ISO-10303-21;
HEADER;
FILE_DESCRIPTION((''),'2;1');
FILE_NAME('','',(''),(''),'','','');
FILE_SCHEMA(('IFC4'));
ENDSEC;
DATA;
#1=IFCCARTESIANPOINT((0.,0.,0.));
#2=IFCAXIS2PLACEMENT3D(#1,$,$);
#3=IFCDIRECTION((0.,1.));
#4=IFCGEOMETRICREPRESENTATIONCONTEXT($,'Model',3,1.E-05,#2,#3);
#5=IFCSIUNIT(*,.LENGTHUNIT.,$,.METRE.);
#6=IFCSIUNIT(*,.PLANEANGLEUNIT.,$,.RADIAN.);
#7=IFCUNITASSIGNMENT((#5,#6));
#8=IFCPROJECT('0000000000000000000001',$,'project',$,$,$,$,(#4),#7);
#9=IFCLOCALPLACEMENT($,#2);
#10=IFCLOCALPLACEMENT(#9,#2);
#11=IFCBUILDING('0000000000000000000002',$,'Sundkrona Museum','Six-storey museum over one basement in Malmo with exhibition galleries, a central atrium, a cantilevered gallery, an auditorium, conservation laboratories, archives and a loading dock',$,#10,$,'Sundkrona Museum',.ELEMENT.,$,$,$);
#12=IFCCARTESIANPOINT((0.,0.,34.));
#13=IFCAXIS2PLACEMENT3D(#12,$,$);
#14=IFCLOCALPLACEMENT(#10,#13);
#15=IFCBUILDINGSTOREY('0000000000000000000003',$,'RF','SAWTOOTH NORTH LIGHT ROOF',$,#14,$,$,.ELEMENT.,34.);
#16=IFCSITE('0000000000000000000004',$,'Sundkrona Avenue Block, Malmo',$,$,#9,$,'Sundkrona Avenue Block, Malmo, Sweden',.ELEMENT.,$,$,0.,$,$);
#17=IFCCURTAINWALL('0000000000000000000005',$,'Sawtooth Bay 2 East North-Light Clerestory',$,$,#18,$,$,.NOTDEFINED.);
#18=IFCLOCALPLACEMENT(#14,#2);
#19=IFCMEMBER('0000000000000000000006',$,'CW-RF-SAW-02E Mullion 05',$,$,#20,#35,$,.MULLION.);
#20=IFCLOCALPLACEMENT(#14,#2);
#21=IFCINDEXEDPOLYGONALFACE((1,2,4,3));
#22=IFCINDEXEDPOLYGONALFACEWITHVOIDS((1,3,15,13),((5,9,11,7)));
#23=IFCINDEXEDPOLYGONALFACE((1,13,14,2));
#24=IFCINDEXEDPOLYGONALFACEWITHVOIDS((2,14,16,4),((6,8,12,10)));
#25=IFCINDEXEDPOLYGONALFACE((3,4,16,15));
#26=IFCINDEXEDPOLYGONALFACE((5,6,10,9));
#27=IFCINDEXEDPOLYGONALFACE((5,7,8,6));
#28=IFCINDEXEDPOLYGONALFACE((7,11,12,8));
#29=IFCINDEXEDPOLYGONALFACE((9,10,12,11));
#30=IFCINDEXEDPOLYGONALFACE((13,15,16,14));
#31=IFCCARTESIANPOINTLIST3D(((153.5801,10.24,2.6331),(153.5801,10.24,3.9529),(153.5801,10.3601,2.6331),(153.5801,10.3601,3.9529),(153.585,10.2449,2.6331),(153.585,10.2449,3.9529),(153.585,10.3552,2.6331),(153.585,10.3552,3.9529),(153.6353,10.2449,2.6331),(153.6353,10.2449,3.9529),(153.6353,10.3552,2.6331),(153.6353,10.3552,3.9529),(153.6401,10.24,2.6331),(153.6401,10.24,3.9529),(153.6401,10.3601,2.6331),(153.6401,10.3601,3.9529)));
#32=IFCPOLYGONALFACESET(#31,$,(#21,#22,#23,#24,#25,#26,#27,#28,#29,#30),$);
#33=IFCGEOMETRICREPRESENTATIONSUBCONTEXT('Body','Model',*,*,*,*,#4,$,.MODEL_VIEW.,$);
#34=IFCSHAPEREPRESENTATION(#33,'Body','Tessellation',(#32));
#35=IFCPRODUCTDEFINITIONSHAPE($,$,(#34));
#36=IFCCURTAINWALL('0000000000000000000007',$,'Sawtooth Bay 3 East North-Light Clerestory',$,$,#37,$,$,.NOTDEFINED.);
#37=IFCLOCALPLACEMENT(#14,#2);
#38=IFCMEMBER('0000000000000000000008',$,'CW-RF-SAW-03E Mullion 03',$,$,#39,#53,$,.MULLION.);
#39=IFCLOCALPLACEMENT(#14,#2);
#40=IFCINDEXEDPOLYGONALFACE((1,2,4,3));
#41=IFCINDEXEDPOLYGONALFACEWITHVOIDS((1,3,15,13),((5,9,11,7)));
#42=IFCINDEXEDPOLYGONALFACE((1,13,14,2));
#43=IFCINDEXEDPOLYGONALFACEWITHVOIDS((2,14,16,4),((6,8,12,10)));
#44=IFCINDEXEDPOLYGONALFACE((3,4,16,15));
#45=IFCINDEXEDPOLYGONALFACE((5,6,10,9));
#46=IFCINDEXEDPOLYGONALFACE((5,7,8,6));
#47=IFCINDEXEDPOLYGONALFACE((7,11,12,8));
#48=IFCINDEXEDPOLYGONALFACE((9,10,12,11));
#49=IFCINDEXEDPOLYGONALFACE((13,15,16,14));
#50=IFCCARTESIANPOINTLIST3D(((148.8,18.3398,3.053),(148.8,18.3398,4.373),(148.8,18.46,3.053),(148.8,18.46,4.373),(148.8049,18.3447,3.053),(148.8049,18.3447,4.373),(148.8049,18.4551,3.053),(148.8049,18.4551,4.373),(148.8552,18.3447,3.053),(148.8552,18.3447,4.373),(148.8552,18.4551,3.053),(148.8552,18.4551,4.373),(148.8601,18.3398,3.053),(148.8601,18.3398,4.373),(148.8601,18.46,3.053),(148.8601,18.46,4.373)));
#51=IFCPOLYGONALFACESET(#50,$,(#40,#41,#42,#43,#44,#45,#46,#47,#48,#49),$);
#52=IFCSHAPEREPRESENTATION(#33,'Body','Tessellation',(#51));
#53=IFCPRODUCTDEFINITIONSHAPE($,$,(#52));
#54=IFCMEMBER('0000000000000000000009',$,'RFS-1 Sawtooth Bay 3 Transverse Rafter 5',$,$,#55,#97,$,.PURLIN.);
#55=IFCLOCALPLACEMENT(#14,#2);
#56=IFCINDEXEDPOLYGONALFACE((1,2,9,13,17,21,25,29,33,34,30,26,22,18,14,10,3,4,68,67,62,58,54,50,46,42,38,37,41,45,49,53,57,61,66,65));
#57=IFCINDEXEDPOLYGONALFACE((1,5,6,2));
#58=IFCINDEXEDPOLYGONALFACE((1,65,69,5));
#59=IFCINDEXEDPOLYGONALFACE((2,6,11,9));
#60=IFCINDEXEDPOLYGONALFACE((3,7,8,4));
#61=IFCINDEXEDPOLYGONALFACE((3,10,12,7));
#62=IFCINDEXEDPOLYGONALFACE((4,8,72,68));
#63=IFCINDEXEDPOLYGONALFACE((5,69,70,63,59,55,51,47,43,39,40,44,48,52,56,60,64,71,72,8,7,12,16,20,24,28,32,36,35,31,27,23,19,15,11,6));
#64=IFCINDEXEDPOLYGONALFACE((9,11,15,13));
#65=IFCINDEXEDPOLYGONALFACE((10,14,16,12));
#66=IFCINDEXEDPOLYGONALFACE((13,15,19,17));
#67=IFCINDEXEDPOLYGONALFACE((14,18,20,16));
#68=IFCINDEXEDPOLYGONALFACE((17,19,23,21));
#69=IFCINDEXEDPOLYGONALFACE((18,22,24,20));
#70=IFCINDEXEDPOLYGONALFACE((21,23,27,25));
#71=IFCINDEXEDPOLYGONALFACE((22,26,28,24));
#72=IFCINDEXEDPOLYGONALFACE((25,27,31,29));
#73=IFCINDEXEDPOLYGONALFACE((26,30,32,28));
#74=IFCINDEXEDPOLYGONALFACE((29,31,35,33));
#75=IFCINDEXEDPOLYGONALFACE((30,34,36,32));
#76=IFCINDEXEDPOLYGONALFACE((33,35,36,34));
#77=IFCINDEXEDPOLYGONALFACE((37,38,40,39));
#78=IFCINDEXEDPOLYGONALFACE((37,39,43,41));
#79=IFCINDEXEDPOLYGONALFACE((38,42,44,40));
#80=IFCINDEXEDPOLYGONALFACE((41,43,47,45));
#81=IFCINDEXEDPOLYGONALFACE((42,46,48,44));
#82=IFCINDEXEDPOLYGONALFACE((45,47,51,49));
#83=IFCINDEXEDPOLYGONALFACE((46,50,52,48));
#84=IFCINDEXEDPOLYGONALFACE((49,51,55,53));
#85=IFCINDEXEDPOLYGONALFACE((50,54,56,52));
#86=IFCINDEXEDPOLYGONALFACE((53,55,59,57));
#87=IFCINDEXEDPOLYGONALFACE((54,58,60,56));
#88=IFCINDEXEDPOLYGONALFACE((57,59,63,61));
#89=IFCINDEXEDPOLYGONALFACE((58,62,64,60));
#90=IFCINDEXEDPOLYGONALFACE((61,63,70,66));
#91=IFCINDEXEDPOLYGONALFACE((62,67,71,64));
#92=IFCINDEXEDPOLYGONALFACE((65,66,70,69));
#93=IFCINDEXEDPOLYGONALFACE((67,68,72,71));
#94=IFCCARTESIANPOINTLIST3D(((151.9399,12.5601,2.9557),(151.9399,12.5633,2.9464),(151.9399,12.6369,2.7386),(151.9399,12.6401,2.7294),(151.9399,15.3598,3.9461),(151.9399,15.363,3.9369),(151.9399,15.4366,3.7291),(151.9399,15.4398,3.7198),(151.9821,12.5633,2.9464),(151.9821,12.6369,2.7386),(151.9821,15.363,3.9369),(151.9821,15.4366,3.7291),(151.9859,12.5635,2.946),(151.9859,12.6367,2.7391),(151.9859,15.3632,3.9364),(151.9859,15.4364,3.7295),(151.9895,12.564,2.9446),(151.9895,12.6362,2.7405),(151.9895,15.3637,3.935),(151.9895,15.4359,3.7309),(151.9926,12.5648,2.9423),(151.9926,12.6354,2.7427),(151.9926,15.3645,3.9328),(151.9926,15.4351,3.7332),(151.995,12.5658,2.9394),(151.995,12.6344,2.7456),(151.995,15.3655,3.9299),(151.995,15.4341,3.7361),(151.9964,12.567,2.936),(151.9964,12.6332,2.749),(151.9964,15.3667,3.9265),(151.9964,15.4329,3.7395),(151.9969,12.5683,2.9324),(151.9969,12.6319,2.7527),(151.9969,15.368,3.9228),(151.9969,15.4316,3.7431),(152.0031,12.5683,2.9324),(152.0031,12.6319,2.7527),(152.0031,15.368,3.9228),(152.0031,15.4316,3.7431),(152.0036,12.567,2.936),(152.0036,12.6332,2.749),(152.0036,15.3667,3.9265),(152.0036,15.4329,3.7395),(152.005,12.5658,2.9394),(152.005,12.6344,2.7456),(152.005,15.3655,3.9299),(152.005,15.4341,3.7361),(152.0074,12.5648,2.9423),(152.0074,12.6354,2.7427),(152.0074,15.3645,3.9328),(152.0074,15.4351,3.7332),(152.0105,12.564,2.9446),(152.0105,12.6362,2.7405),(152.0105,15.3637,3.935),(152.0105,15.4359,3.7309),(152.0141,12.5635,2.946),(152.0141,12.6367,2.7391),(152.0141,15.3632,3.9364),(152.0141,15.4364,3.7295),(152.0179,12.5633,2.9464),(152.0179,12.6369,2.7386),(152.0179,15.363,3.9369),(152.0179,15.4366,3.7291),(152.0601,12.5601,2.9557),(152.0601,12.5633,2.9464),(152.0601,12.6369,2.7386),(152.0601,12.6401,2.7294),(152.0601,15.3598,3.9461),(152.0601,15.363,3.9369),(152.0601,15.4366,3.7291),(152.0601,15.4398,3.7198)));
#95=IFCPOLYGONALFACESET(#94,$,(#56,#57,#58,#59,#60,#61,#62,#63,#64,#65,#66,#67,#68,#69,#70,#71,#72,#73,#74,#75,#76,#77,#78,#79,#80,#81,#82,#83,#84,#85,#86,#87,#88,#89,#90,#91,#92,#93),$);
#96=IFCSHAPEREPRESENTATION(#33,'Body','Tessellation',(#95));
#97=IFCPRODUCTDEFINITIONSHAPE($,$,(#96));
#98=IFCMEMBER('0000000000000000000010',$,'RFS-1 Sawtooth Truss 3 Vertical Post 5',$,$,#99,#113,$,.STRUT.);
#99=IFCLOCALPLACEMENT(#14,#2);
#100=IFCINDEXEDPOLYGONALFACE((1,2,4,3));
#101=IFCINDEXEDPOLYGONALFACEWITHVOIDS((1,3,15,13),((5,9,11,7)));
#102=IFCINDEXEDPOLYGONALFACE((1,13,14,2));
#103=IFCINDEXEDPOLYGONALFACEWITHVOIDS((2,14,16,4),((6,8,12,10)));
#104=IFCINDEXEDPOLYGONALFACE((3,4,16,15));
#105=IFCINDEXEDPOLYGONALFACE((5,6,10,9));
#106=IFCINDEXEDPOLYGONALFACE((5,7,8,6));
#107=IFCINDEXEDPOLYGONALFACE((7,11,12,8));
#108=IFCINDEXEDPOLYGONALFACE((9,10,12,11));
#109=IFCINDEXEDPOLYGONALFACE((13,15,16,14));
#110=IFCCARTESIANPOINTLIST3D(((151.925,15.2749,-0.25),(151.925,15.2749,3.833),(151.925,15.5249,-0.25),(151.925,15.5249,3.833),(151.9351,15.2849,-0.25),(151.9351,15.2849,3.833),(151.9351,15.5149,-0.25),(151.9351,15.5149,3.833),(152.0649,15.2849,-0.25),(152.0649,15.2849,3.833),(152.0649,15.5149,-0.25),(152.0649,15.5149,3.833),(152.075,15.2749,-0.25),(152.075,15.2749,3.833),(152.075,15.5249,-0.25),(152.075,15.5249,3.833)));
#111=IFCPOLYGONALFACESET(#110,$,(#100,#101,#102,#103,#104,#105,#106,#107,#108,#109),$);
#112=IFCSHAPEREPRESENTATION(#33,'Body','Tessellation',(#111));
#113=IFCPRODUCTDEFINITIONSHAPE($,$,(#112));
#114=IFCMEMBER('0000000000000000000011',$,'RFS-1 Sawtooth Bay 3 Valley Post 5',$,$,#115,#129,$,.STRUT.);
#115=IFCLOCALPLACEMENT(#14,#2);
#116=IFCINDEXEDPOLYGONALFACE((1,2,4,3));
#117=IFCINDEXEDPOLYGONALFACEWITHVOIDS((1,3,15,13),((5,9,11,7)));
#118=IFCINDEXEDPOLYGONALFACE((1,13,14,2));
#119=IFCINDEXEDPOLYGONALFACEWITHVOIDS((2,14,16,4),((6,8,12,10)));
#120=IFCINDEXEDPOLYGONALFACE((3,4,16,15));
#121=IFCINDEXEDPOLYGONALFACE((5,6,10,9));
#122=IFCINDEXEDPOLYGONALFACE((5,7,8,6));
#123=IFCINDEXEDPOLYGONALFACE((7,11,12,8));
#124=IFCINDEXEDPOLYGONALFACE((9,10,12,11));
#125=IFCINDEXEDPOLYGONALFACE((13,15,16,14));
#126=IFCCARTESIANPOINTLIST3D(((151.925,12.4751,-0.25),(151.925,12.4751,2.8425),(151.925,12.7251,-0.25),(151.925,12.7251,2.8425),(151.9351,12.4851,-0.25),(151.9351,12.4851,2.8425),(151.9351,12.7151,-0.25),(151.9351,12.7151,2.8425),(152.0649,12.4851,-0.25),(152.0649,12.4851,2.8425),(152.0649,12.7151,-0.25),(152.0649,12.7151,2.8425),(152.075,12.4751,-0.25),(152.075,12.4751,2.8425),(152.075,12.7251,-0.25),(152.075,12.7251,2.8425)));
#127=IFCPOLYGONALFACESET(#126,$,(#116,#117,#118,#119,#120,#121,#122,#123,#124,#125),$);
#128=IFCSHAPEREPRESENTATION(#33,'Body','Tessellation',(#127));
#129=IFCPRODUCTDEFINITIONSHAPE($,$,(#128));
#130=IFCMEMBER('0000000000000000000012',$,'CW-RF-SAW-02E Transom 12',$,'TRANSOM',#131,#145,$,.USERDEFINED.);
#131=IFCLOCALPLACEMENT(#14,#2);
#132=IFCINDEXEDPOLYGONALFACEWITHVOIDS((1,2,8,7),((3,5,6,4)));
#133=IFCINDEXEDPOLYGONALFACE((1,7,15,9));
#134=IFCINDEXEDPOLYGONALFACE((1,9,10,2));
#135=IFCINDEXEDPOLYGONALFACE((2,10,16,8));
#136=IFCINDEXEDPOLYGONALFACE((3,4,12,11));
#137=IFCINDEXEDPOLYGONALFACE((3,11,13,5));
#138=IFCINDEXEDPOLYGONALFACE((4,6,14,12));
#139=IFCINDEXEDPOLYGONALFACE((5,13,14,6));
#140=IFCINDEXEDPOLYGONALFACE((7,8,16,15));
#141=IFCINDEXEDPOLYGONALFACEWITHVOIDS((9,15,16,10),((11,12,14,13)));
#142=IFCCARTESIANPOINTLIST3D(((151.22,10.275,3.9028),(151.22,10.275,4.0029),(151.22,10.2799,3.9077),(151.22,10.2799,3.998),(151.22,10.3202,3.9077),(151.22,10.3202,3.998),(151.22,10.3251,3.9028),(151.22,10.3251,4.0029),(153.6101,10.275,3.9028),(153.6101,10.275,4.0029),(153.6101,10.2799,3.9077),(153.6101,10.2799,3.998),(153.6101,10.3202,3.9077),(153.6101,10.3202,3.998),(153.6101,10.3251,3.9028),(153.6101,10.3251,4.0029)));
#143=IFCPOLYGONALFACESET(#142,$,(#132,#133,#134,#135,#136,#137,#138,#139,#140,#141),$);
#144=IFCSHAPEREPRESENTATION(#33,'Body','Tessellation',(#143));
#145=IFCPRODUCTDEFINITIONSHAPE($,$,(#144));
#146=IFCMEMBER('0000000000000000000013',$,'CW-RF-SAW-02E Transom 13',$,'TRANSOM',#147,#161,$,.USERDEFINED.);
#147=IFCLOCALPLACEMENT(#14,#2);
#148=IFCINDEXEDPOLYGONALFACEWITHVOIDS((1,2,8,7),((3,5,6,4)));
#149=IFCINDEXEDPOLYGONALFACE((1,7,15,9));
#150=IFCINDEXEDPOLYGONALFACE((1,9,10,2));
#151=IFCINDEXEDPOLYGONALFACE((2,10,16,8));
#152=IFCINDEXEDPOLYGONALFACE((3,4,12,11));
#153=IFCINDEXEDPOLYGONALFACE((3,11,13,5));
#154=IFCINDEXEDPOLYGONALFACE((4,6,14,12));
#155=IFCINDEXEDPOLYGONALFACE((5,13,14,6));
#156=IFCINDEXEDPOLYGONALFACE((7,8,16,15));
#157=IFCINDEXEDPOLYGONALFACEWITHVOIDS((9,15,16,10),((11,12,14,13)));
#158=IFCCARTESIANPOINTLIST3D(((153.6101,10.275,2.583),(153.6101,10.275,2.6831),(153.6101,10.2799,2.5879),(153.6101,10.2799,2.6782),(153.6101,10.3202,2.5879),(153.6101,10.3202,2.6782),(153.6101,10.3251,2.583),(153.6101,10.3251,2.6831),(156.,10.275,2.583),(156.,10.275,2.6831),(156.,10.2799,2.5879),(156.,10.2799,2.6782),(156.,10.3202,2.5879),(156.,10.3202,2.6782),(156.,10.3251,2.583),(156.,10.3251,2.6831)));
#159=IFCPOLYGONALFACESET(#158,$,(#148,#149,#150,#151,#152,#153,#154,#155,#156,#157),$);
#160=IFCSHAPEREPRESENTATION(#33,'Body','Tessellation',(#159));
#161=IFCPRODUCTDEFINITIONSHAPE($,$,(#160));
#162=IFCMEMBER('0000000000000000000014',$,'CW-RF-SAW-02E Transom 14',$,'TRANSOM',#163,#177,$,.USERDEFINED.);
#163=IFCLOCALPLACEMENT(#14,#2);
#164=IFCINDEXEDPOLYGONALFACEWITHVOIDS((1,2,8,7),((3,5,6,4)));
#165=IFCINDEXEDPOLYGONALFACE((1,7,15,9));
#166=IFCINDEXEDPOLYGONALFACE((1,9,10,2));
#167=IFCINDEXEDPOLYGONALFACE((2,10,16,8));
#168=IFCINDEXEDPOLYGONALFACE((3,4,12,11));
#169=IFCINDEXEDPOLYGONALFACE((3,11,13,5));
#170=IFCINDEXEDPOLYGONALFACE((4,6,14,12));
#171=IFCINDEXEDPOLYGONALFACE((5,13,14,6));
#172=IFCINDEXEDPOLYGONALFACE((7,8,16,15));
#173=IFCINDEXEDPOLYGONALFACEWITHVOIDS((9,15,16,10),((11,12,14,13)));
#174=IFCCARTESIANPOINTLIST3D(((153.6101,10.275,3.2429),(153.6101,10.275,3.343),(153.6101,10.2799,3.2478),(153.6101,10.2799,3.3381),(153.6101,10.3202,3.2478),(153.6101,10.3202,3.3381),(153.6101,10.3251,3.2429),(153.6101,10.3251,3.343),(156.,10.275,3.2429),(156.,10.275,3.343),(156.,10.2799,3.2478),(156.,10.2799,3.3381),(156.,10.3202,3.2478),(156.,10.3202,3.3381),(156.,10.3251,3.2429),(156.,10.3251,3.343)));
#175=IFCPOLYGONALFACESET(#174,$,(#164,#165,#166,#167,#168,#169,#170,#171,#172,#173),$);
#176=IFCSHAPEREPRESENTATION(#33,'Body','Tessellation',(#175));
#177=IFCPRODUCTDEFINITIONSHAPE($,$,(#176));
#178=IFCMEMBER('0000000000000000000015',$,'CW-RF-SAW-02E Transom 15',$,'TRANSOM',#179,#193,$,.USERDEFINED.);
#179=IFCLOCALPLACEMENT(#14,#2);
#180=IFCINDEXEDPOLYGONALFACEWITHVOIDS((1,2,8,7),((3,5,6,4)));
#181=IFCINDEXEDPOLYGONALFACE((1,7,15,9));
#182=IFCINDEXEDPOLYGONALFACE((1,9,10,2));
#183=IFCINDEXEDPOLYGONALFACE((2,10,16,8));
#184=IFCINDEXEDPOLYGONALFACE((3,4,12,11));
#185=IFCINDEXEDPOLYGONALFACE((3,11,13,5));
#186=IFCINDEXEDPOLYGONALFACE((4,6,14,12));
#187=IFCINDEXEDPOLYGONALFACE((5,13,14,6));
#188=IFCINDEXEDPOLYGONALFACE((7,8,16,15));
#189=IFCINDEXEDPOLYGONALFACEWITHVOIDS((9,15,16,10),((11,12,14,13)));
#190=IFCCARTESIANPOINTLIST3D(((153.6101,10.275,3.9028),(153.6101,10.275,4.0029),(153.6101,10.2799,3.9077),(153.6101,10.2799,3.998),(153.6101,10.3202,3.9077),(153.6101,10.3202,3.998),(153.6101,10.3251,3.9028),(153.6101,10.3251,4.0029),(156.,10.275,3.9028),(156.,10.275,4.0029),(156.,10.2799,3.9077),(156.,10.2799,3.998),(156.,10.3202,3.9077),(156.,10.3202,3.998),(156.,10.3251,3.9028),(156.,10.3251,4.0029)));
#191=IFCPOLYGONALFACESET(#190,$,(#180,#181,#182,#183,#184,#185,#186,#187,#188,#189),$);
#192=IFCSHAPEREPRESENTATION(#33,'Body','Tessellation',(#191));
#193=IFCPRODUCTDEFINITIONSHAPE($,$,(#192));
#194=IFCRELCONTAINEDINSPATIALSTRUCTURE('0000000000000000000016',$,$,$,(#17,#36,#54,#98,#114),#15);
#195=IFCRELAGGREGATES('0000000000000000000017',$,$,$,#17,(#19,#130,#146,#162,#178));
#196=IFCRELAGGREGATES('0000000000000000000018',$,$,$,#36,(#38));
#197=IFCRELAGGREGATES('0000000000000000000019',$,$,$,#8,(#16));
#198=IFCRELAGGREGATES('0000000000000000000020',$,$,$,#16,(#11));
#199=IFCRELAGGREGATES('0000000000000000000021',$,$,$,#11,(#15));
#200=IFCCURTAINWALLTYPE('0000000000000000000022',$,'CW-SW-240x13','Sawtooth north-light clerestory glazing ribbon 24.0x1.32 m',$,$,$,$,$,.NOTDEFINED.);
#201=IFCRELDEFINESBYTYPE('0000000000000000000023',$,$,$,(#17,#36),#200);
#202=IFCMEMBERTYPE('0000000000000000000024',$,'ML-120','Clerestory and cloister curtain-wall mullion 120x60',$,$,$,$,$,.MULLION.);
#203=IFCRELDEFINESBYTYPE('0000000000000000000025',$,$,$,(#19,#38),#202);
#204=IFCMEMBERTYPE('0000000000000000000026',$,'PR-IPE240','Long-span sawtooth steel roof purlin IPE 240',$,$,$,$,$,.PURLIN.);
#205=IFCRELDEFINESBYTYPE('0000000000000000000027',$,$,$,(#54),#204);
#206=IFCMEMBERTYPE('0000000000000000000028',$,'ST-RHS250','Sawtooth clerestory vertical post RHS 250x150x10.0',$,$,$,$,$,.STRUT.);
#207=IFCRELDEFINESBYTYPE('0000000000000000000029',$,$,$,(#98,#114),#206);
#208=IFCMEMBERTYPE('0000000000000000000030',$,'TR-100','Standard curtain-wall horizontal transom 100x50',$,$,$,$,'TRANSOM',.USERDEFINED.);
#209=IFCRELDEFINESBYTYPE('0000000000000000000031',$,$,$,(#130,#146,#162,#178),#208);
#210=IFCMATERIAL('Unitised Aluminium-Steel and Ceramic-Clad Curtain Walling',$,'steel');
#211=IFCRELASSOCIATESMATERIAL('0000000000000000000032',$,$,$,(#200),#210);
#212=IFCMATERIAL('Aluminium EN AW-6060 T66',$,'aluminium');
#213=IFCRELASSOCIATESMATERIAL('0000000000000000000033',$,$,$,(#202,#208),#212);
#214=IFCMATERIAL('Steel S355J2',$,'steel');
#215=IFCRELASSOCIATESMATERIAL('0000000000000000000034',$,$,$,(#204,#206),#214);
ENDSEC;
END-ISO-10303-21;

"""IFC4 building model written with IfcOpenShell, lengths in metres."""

from ifc_helpers import new_model, si_unit, direction, frame, origin, origin_2d, place, context, subcontext, project, spatial, hollow_rectangle, i_section, extrude, material, material_profile, profile_set, type_object, element, aggregate, save


model = new_model("IFC4")

# Units and contexts
model_context = context("Model", 3, precision=1e-05, world=origin(), true_north=direction((0.0, 1.0)))
body_context = subcontext(model_context, "Body", "Model", "MODEL_VIEW")
ifc_project = project(units=[si_unit("LENGTHUNIT", "METRE"), si_unit("PLANEANGLEUNIT", "RADIAN")], contexts=[model_context])

# Site, building, storey
site_placement = place(None, origin())
site = spatial("IfcSite", under=ifc_project, at=site_placement, Name="Sundkrona Avenue Block, Malmo", LongName="Sundkrona Avenue Block, Malmo, Sweden", CompositionType="ELEMENT", RefElevation=0.0)
building_placement = place(site_placement, origin())
building = spatial("IfcBuilding", under=site, at=building_placement, Name="Sundkrona Museum", Description="Six-storey museum over one basement in Malmo with exhibition galleries, a central atrium, a cantilevered gallery, an auditorium, conservation laboratories, archives and a loading dock", LongName="Sundkrona Museum", CompositionType="ELEMENT")
storey_placement = place(building_placement, frame((0.0, 0.0, 34.0)))
storey = spatial("IfcBuildingStorey", under=building, at=storey_placement, Name="RF", Description="SAWTOOTH NORTH LIGHT ROOF", CompositionType="ELEMENT", Elevation=34.0)

# Curtain walls, members
ifc_material_1 = material(Name="Unitised Aluminium-Steel and Ceramic-Clad Curtain Walling", Category="steel")
curtain_wall_type = type_object("IfcCurtainWallType", Name="CW-SW-240x13", Description="Sawtooth north-light clerestory glazing ribbon 24.0x1.32 m", PredefinedType="NOTDEFINED", material=ifc_material_1)
curtain_wall_1_placement = place(storey_placement, origin())
curtain_wall_1 = element("IfcCurtainWall", 1, at=curtain_wall_1_placement, inside=storey, type_object=curtain_wall_type, Name="Sawtooth Bay 2 East North-Light Clerestory", PredefinedType="NOTDEFINED")
ifc_material_2 = material(Name="Aluminium EN AW-6060 T66", Category="aluminium")
ifc_material_profile_1 = material_profile(ifc_material_2, hollow_rectangle(XDim=0.0601, YDim=0.1201, WallThickness=0.0049, at=origin_2d()), Name="RHS 120x60x5.0")
ifc_profile_set_1 = profile_set([ifc_material_profile_1], Name="Aluminium EN AW-6060 T66")
member_type_1 = type_object("IfcMemberType", Name="ML-120", Description="Clerestory and cloister curtain-wall mullion 120x60", PredefinedType="MULLION", material=ifc_profile_set_1)
member_1_placement = place(storey_placement, frame((153.6101, 10.3, 2.6331), z_axis=(0.0, 0.0, 1.0), x_axis=(1.0, 0.0, 0.0)))
member_1 = element("IfcMember", 2, at=member_1_placement, type_object=member_type_1, Name="CW-RF-SAW-02E Mullion 05", PredefinedType="MULLION", context=body_context, shape_type="SweptSolid", body=[
    extrude(hollow_rectangle(XDim=0.0601, YDim=0.1201, WallThickness=0.0049, at=origin_2d()), origin(), (0.0, 0.0, 1.0), 1.3198),
])
curtain_wall_2_placement = place(storey_placement, origin())
curtain_wall_2 = element("IfcCurtainWall", 3, at=curtain_wall_2_placement, inside=storey, type_object=curtain_wall_type, Name="Sawtooth Bay 3 East North-Light Clerestory", PredefinedType="NOTDEFINED")
member_2_placement = place(storey_placement, frame((148.8301, 18.3999, 3.053), z_axis=(0.0, 0.0, 1.0), x_axis=(1.0, 0.0, 0.0)))
member_2 = element("IfcMember", 4, at=member_2_placement, type_object=member_type_1, Name="CW-RF-SAW-03E Mullion 03", PredefinedType="MULLION", context=body_context, shape_type="SweptSolid", body=[
    extrude(hollow_rectangle(XDim=0.0601, YDim=0.1201, WallThickness=0.0049, at=origin_2d()), origin(), (0.0, 0.0, 1.0), 1.3201),
])

# Members
ifc_material_3 = material(Name="Steel S355J2", Category="steel")
ifc_material_profile_2 = material_profile(ifc_material_3, i_section(OverallWidth=0.1201, OverallDepth=0.24, WebThickness=0.0061, FlangeThickness=0.0098, FilletRadius=0.0149, at=origin_2d()), Name="IPE 240")
ifc_profile_set_2 = profile_set([ifc_material_profile_2], Name="Steel S355J2")
member_type_2 = type_object("IfcMemberType", Name="PR-IPE240", Description="Long-span sawtooth steel roof purlin IPE 240", PredefinedType="PURLIN", material=ifc_profile_set_2)
member_3_placement = place(storey_placement, frame((152.0, 12.6001, 2.8425), z_axis=(0.0, 0.942746, 0.333512), x_axis=(-1.0, 0.0, 0.0)))
element("IfcMember", 5, at=member_3_placement, inside=storey, type_object=member_type_2, Name="RFS-1 Sawtooth Bay 3 Transverse Rafter 5", PredefinedType="PURLIN", context=body_context, shape_type="SweptSolid", body=[
    extrude(i_section(OverallWidth=0.1201, OverallDepth=0.24, WebThickness=0.0061, FlangeThickness=0.0098, FilletRadius=0.0149, at=origin_2d()), origin(), (0.0, 0.0, 1.0), 2.9697),
])
ifc_material_profile_3 = material_profile(ifc_material_3, hollow_rectangle(XDim=0.1499, YDim=0.25, WallThickness=0.01, at=origin_2d()), Name="RHS 250x150x10.0")
ifc_profile_set_3 = profile_set([ifc_material_profile_3], Name="Steel S355J2")
member_type_3 = type_object("IfcMemberType", Name="ST-RHS250", Description="Sawtooth clerestory vertical post RHS 250x150x10.0", PredefinedType="STRUT", material=ifc_profile_set_3)
member_4_placement = place(storey_placement, frame((152.0, 15.3999, -0.25), z_axis=(0.0, 0.0, 1.0), x_axis=(1.0, 0.0, 0.0)))
element("IfcMember", 6, at=member_4_placement, inside=storey, type_object=member_type_3, Name="RFS-1 Sawtooth Truss 3 Vertical Post 5", PredefinedType="STRUT", context=body_context, shape_type="SweptSolid", body=[
    extrude(hollow_rectangle(XDim=0.1499, YDim=0.25, WallThickness=0.01, at=origin_2d()), origin(), (0.0, 0.0, 1.0), 4.083),
])
member_5_placement = place(storey_placement, frame((152.0, 12.6001, -0.25), z_axis=(0.0, 0.0, 1.0), x_axis=(1.0, 0.0, 0.0)))
element("IfcMember", 7, at=member_5_placement, inside=storey, type_object=member_type_3, Name="RFS-1 Sawtooth Bay 3 Valley Post 5", PredefinedType="STRUT", context=body_context, shape_type="SweptSolid", body=[
    extrude(hollow_rectangle(XDim=0.1499, YDim=0.25, WallThickness=0.01, at=origin_2d()), origin(), (0.0, 0.0, 1.0), 3.0925),
])

# Members
ifc_material_profile_4 = material_profile(ifc_material_2, hollow_rectangle(XDim=0.05, YDim=0.1001, WallThickness=0.0049, at=origin_2d()), Name="RHS 100x50x5.0")
ifc_profile_set_4 = profile_set([ifc_material_profile_4], Name="Aluminium EN AW-6060 T66")
member_type_4 = type_object("IfcMemberType", Name="TR-100", Description="Standard curtain-wall horizontal transom 100x50", ElementType="TRANSOM", PredefinedType="USERDEFINED", material=ifc_profile_set_4)
member_6_placement = place(storey_placement, frame((151.22, 10.3, 3.9529), z_axis=(1.0, 0.0, 0.0), x_axis=(0.0, 1.0, 0.0)))
member_6 = element("IfcMember", 8, at=member_6_placement, type_object=member_type_4, Name="CW-RF-SAW-02E Transom 12", ObjectType="TRANSOM", PredefinedType="USERDEFINED", context=body_context, shape_type="SweptSolid", body=[
    extrude(hollow_rectangle(XDim=0.05, YDim=0.1001, WallThickness=0.0049, at=origin_2d()), origin(), (0.0, 0.0, 1.0), 2.3901),
])
member_7_placement = place(storey_placement, frame((153.6101, 10.3, 2.6331), z_axis=(1.0, 0.0, 0.0), x_axis=(0.0, 1.0, 0.0)))
member_7 = element("IfcMember", 9, at=member_7_placement, type_object=member_type_4, Name="CW-RF-SAW-02E Transom 13", ObjectType="TRANSOM", PredefinedType="USERDEFINED", context=body_context, shape_type="SweptSolid", body=[
    extrude(hollow_rectangle(XDim=0.05, YDim=0.1001, WallThickness=0.0049, at=origin_2d()), origin(), (0.0, 0.0, 1.0), 2.3899),
])
member_8_placement = place(storey_placement, frame((153.6101, 10.3, 3.293), z_axis=(1.0, 0.0, 0.0), x_axis=(0.0, 1.0, 0.0)))
member_8 = element("IfcMember", 10, at=member_8_placement, type_object=member_type_4, Name="CW-RF-SAW-02E Transom 14", ObjectType="TRANSOM", PredefinedType="USERDEFINED", context=body_context, shape_type="SweptSolid", body=[
    extrude(hollow_rectangle(XDim=0.05, YDim=0.1001, WallThickness=0.0049, at=origin_2d()), origin(), (0.0, 0.0, 1.0), 2.3899),
])
member_9_placement = place(storey_placement, frame((153.6101, 10.3, 3.9529), z_axis=(1.0, 0.0, 0.0), x_axis=(0.0, 1.0, 0.0)))
member_9 = element("IfcMember", 11, at=member_9_placement, type_object=member_type_4, Name="CW-RF-SAW-02E Transom 15", ObjectType="TRANSOM", PredefinedType="USERDEFINED", context=body_context, shape_type="SweptSolid", body=[
    extrude(hollow_rectangle(XDim=0.05, YDim=0.1001, WallThickness=0.0049, at=origin_2d()), origin(), (0.0, 0.0, 1.0), 2.3899),
])

aggregate(curtain_wall_1, [member_1, member_6, member_7, member_8, member_9])
aggregate(curtain_wall_2, [member_2])

save(model, "model.ifc")
